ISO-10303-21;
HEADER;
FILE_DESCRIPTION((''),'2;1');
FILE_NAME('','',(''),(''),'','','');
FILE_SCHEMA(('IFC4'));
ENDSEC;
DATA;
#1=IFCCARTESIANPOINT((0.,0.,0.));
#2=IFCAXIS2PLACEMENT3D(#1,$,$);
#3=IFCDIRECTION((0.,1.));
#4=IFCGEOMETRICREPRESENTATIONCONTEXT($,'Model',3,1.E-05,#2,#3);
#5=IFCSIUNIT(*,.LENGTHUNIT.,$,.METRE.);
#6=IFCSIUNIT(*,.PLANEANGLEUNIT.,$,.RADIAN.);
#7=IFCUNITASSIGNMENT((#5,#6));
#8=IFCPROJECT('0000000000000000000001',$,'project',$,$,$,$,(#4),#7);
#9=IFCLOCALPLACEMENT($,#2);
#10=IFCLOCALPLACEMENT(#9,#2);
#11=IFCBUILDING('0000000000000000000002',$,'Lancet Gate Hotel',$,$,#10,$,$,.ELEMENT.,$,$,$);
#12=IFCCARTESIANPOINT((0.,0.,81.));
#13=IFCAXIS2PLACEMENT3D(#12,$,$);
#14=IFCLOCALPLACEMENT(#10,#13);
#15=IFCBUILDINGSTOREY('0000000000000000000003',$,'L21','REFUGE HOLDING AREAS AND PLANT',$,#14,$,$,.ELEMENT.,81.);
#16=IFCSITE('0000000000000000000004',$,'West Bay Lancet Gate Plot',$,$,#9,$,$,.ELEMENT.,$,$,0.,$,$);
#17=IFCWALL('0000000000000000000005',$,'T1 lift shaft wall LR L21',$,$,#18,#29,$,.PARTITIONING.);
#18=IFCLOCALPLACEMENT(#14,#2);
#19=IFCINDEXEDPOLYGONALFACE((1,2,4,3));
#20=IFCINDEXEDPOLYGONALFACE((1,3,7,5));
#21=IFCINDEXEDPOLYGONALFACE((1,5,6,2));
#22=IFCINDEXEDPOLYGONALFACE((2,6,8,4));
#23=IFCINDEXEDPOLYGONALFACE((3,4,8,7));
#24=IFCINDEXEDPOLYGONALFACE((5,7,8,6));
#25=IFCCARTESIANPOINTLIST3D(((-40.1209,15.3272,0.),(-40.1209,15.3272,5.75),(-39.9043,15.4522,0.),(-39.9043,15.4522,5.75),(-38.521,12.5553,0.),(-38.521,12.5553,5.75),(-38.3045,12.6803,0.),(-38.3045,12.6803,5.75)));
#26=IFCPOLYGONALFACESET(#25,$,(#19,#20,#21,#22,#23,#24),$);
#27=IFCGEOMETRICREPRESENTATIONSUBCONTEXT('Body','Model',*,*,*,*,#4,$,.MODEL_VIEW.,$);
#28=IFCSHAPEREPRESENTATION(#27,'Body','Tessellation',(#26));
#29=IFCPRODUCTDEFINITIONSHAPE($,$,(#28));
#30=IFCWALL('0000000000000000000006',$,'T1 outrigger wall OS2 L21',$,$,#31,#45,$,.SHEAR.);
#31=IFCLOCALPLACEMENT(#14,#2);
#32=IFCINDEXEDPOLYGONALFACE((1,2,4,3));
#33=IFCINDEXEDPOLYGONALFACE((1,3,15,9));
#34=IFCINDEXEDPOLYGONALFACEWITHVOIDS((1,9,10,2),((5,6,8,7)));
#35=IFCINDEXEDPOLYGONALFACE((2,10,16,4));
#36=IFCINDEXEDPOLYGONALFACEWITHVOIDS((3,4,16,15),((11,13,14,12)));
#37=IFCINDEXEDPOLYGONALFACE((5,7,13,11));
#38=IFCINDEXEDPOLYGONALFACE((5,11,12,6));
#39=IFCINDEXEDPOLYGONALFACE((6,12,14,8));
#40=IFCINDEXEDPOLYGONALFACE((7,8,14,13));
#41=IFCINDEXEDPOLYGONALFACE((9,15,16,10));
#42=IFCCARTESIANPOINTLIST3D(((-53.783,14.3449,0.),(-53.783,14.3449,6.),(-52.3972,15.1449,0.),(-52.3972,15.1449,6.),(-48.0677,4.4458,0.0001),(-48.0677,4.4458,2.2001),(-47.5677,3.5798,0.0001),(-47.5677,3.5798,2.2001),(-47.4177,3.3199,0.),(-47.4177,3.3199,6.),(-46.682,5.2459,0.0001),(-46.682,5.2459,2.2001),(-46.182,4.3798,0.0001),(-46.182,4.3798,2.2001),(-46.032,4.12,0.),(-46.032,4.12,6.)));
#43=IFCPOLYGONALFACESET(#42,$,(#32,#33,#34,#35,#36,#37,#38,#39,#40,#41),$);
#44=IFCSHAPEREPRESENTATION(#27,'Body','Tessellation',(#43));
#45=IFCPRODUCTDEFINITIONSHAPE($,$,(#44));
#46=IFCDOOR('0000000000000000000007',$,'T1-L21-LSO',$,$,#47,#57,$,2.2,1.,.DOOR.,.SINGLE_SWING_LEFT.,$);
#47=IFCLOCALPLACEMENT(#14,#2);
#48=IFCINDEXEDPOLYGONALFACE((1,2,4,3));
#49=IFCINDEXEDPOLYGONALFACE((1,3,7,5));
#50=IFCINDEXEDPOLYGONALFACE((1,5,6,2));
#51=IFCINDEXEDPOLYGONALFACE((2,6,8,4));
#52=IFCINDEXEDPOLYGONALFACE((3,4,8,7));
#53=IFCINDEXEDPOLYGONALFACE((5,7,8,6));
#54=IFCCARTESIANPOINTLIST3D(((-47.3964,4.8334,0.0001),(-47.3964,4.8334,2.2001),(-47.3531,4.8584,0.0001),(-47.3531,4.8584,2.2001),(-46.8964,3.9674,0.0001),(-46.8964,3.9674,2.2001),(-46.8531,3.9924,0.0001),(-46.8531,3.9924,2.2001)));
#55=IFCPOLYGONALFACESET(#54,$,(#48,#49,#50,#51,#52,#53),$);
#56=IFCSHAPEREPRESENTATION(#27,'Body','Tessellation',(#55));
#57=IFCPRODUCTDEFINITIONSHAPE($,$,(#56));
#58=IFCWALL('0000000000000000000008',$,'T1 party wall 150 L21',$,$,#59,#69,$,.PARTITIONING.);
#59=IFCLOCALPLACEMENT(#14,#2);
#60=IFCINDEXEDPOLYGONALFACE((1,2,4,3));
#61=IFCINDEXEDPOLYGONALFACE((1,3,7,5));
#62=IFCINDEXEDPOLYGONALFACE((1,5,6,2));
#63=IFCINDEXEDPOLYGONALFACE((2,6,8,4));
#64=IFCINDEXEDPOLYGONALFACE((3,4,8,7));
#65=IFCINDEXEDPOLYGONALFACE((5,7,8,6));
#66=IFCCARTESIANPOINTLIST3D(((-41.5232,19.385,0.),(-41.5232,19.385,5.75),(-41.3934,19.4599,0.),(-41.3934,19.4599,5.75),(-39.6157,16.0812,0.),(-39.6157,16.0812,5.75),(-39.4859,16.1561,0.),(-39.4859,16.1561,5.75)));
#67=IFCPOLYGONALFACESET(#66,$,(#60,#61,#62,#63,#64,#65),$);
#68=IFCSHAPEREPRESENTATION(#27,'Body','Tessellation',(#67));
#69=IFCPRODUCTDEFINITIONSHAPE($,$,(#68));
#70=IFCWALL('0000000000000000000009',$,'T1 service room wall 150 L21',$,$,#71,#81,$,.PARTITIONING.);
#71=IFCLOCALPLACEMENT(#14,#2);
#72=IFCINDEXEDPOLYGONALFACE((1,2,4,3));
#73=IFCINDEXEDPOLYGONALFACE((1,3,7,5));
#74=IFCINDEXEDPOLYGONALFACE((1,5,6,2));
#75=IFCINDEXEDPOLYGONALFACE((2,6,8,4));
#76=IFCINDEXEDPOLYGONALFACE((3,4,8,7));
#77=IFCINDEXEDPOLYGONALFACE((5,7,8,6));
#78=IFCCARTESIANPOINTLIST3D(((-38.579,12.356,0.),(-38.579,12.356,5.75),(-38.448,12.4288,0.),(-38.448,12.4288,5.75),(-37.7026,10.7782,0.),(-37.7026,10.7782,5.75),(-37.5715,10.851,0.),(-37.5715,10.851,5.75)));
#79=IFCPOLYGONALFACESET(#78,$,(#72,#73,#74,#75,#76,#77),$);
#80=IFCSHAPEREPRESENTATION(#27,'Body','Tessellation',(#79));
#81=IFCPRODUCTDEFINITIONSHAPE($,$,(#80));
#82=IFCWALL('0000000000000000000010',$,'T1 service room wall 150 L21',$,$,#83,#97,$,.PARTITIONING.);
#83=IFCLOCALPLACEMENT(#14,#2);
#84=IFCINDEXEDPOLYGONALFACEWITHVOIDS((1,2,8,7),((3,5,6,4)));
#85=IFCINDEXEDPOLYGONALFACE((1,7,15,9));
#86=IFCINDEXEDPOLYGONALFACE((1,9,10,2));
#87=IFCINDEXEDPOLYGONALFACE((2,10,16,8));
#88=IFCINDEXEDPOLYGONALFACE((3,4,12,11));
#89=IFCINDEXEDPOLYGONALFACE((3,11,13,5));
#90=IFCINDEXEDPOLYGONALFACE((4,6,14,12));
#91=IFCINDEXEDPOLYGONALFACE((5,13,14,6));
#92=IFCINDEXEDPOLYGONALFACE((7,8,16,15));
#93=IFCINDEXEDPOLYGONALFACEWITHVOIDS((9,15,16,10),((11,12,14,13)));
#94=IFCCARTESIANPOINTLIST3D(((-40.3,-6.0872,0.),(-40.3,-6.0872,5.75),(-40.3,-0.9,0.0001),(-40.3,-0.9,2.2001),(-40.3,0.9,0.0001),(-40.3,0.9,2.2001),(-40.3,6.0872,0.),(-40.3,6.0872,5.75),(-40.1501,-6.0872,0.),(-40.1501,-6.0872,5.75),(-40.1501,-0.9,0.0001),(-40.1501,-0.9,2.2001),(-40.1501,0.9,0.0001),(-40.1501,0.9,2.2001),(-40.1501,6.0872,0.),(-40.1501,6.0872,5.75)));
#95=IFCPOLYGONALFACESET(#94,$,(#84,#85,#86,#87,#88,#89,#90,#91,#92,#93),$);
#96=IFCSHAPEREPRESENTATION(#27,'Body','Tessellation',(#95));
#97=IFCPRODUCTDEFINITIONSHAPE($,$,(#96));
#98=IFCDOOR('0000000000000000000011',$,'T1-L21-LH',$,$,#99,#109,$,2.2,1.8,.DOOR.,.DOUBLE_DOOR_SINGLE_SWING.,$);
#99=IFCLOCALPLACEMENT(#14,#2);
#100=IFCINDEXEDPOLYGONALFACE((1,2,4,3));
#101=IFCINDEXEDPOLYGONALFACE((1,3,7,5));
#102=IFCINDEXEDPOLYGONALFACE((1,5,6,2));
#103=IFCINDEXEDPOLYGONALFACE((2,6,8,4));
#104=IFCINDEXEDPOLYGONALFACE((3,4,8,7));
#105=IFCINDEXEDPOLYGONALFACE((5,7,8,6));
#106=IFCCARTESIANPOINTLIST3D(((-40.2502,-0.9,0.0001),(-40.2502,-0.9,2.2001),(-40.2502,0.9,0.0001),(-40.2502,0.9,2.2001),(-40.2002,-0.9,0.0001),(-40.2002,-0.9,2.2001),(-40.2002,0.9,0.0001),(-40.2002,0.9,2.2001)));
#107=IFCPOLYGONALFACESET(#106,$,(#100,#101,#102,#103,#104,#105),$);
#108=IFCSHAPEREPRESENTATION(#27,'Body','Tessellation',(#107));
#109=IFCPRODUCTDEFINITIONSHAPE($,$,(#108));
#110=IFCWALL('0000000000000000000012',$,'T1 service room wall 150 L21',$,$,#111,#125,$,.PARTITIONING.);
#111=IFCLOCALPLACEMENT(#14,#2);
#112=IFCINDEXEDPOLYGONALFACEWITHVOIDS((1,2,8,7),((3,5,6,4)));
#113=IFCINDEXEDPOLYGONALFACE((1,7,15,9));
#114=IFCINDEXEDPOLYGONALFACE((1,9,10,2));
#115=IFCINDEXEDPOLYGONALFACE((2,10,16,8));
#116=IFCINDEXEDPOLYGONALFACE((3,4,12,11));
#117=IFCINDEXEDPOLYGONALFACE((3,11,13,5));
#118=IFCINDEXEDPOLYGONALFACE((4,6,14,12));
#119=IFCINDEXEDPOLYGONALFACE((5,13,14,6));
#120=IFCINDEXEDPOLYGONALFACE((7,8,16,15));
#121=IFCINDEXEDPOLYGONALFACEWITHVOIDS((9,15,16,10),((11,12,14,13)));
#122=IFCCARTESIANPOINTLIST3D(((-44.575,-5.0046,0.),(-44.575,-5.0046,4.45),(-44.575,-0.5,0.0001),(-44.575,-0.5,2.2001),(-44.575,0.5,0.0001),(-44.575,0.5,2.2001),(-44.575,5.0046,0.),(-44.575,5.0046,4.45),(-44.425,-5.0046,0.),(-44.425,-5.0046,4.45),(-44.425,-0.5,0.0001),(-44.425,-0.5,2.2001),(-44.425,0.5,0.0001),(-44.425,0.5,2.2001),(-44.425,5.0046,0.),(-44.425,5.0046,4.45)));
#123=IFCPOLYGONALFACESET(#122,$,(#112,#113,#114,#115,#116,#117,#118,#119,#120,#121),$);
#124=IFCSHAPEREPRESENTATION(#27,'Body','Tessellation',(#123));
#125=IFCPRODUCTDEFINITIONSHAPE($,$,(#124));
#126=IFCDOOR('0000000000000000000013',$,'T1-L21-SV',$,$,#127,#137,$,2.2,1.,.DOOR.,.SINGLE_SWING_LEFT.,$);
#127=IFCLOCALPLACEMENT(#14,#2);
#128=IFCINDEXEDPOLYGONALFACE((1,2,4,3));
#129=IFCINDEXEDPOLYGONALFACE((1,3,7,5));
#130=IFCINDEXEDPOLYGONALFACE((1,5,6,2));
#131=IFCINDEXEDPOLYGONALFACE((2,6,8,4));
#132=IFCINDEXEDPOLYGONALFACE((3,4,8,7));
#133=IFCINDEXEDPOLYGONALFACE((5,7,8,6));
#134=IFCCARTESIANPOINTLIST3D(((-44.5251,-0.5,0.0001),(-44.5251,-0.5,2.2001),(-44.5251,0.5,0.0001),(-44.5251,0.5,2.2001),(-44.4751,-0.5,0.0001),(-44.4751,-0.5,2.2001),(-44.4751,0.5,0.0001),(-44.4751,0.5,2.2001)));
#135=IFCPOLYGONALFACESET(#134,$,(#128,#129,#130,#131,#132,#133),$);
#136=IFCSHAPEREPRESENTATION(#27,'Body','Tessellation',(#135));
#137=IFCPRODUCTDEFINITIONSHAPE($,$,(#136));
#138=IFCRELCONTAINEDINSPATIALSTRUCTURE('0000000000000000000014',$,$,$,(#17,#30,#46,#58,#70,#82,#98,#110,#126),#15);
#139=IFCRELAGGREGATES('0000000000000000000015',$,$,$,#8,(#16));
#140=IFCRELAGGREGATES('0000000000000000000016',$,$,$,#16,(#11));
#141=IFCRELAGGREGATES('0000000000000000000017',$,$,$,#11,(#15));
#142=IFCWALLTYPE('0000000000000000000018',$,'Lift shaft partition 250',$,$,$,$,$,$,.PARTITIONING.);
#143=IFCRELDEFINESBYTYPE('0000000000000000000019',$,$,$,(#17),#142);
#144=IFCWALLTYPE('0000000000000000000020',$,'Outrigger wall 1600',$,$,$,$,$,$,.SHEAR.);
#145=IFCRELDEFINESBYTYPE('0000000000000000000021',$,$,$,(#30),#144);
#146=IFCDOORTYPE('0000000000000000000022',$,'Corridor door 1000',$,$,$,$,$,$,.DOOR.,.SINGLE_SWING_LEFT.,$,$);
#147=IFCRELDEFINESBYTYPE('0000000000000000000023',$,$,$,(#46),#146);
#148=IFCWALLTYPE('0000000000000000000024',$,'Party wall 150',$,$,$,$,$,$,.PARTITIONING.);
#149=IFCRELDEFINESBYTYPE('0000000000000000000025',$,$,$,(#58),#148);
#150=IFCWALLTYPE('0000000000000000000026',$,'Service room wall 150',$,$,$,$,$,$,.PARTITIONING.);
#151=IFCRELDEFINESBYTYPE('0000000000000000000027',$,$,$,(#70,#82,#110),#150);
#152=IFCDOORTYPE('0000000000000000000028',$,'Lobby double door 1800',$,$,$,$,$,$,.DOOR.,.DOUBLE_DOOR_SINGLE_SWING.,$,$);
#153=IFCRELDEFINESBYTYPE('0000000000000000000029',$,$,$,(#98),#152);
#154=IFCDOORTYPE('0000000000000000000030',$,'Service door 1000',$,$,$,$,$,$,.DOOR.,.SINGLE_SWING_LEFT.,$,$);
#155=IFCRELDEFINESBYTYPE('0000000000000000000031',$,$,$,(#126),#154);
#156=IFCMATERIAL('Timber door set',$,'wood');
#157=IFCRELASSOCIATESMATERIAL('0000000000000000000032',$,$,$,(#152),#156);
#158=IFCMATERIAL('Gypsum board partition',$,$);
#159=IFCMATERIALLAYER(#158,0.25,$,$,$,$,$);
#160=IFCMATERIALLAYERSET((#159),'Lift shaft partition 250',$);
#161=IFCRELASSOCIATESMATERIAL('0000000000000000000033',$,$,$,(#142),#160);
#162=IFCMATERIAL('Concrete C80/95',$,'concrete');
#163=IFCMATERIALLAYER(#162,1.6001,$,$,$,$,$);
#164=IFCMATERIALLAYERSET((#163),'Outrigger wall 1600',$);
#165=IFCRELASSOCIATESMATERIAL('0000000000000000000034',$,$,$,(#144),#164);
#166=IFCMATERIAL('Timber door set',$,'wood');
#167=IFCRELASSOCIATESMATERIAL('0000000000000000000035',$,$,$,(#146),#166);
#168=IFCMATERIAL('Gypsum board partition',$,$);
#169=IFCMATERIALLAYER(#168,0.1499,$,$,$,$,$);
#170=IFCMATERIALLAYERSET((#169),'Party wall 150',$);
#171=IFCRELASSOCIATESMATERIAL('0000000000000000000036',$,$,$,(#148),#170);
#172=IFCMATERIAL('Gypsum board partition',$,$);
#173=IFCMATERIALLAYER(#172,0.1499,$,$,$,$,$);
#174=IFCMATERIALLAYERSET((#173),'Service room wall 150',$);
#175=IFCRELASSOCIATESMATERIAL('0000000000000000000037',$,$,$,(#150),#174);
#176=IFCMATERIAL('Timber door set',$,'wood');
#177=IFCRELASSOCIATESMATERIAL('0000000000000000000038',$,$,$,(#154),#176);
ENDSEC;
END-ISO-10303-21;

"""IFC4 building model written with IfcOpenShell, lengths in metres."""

from ifc_helpers import new_model, si_unit, direction, frame, frame_2d, origin, place, context, subcontext, project, spatial, rectangle, extrude, material, layer, layer_set, type_object, element, fill, save


model = new_model("IFC4")

# Units and contexts
model_context = context("Model", 3, precision=1e-05, world=origin(), true_north=direction((0.0, 1.0)))
body_context = subcontext(model_context, "Body", "Model", "MODEL_VIEW")
ifc_project = project(units=[si_unit("LENGTHUNIT", "METRE"), si_unit("PLANEANGLEUNIT", "RADIAN")], contexts=[model_context])

# Site, building, storey
site_placement = place(None, origin())
site = spatial("IfcSite", under=ifc_project, at=site_placement, Name="West Bay Lancet Gate Plot", CompositionType="ELEMENT", RefElevation=0.0)
building_placement = place(site_placement, origin())
building = spatial("IfcBuilding", under=site, at=building_placement, Name="Lancet Gate Hotel", CompositionType="ELEMENT")
storey_placement = place(building_placement, frame((0.0, 0.0, 81.0)))
storey = spatial("IfcBuildingStorey", under=building, at=storey_placement, Name="L21", Description="REFUGE HOLDING AREAS AND PLANT", CompositionType="ELEMENT", Elevation=81.0)

# Shared definitions
ifc_material_1 = material(Name="Timber door set", Category="wood")
door_type_1 = type_object("IfcDoorType", Name="Lobby double door 1800", OperationType="DOUBLE_DOOR_SINGLE_SWING", PredefinedType="DOOR", material=ifc_material_1)

# Wall
ifc_material_2 = material(Name="Gypsum board partition")
ifc_layer_1 = layer(ifc_material_2, 0.25)
ifc_layer_set_1 = layer_set([ifc_layer_1], Name="Lift shaft partition 250")
wall_type_1 = type_object("IfcWallType", Name="Lift shaft partition 250", PredefinedType="PARTITIONING", material=ifc_layer_set_1)
wall_1_placement = place(storey_placement, frame((-38.4128, 12.6179, 0.0), z_axis=(0.0, 0.0, 1.0), x_axis=(-0.499872, 0.866099, 0.0)))
element("IfcWall", 1, at=wall_1_placement, inside=storey, type_object=wall_type_1, Name="T1 lift shaft wall LR L21", PredefinedType="PARTITIONING", context=body_context, shape_type="SweptSolid", body=[
    extrude(rectangle(XDim=3.2004, YDim=0.25, at=frame_2d((1.6001, 0.0))), origin(), (0.0, 0.0, 1.0), 5.75),
])

# Wall, opening, door
ifc_material_3 = material(Name="Concrete C80/95", Category="concrete")
ifc_layer_2 = layer(ifc_material_3, 1.6001)
ifc_layer_set_2 = layer_set([ifc_layer_2], Name="Outrigger wall 1600")
wall_type_2 = type_object("IfcWallType", Name="Outrigger wall 1600", PredefinedType="SHEAR", material=ifc_layer_set_2)
wall_2_placement = place(storey_placement, frame((-46.7249, 3.72, 0.0), z_axis=(0.0, 0.0, 1.0), x_axis=(-0.5, 0.866025, 0.0)))
wall_2 = element("IfcWall", 2, at=wall_2_placement, inside=storey, type_object=wall_type_2, Name="T1 outrigger wall OS2 L21", PredefinedType="SHEAR", context=body_context, shape_type="SweptSolid", body=[
    extrude(rectangle(XDim=12.7305, YDim=1.6001, at=frame_2d((6.3652, 0.0))), origin(), (0.0, 0.0, 1.0), 6.0),
])
opening_1_placement = place(wall_2_placement, frame((0.3, 0.0, 0.0)))
opening_1 = element("IfcOpeningElement", 3, at=opening_1_placement, cuts=wall_2, PredefinedType="OPENING", context=body_context, shape_type="SweptSolid", body=[
    extrude(rectangle(XDim=1.0, YDim=2.2, at=frame_2d((0.5, 1.1001))), frame((0.0, 0.8101, 0.0), z_axis=(0.0, -1.0, 0.0), x_axis=(1.0, 0.0, 0.0)), (0.0, 0.0, 1.0), 1.6201),
])
ifc_material_4 = material(Name="Timber door set", Category="wood")
door_type_2 = type_object("IfcDoorType", Name="Corridor door 1000", OperationType="SINGLE_SWING_LEFT", PredefinedType="DOOR", material=ifc_material_4)
door_1_placement = place(opening_1_placement, origin())
door_1 = element("IfcDoor", 4, at=door_1_placement, inside=storey, type_object=door_type_2, Name="T1-L21-LSO", OperationType="SINGLE_SWING_LEFT", OverallHeight=2.2, OverallWidth=1.0, PredefinedType="DOOR", context=body_context, shape_type="SweptSolid", body=[
    extrude(rectangle(XDim=1.0, YDim=2.2, at=frame_2d((0.5, 1.1001))), frame((0.0, 0.0249, 0.0), z_axis=(0.0, -1.0, 0.0), x_axis=(1.0, 0.0, 0.0)), (0.0, 0.0, 1.0), 0.05),
])
fill(opening_1, door_1)

# Walls
ifc_material_5 = material(Name="Gypsum board partition")
ifc_layer_3 = layer(ifc_material_5, 0.1499)
ifc_layer_set_3 = layer_set([ifc_layer_3], Name="Party wall 150")
wall_type_3 = type_object("IfcWallType", Name="Party wall 150", PredefinedType="PARTITIONING", material=ifc_layer_set_3)
wall_3_placement = place(storey_placement, frame((-39.5508, 16.1187, 0.0), z_axis=(0.0, 0.0, 1.0), x_axis=(-0.500014, 0.866017, 0.0)))
element("IfcWall", 5, at=wall_3_placement, inside=storey, type_object=wall_type_3, Name="T1 party wall 150 L21", PredefinedType="PARTITIONING", context=body_context, shape_type="SweptSolid", body=[
    extrude(rectangle(XDim=3.8149, YDim=0.1499, at=frame_2d((1.9075, 0.0))), origin(), (0.0, 0.0, 1.0), 5.75),
])
ifc_material_6 = material(Name="Gypsum board partition")
ifc_layer_4 = layer(ifc_material_6, 0.1499)
ifc_layer_set_4 = layer_set([ifc_layer_4], Name="Service room wall 150")
wall_type_4 = type_object("IfcWallType", Name="Service room wall 150", PredefinedType="PARTITIONING", material=ifc_layer_set_4)
wall_4_placement = place(storey_placement, frame((-38.5134, 12.3923, 0.0), z_axis=(0.0, 0.0, 1.0), x_axis=(0.485586, -0.874189, 0.0)))
element("IfcWall", 6, at=wall_4_placement, inside=storey, type_object=wall_type_4, Name="T1 service room wall 150 L21", PredefinedType="PARTITIONING", context=body_context, shape_type="SweptSolid", body=[
    extrude(rectangle(XDim=1.8049, YDim=0.1499, at=frame_2d((0.9023, 0.0))), origin(), (0.0, 0.0, 1.0), 5.75),
])

# Walls, openings, doors
wall_5_placement = place(storey_placement, frame((-40.2251, 6.0872, 0.0), z_axis=(0.0, 0.0, 1.0), x_axis=(0.0, -1.0, 0.0)))
wall_5 = element("IfcWall", 7, at=wall_5_placement, inside=storey, type_object=wall_type_4, Name="T1 service room wall 150 L21", PredefinedType="PARTITIONING", context=body_context, shape_type="SweptSolid", body=[
    extrude(rectangle(XDim=12.1743, YDim=0.1499, at=frame_2d((6.0872, 0.0))), origin(), (0.0, 0.0, 1.0), 5.75),
])
opening_2_placement = place(wall_5_placement, frame((5.1873, 0.0, 0.0)))
opening_2 = element("IfcOpeningElement", 8, at=opening_2_placement, cuts=wall_5, PredefinedType="OPENING", context=body_context, shape_type="SweptSolid", body=[
    extrude(rectangle(XDim=1.8, YDim=2.2, at=frame_2d((0.8999, 1.1001))), frame((0.0, 0.085, 0.0), z_axis=(0.0, -1.0, 0.0), x_axis=(1.0, 0.0, 0.0)), (0.0, 0.0, 1.0), 0.1699),
])
door_2_placement = place(opening_2_placement, origin())
door_2 = element("IfcDoor", 9, at=door_2_placement, inside=storey, type_object=door_type_1, Name="T1-L21-LH", OperationType="DOUBLE_DOOR_SINGLE_SWING", OverallHeight=2.2, OverallWidth=1.8, PredefinedType="DOOR", context=body_context, shape_type="SweptSolid", body=[
    extrude(rectangle(XDim=1.8, YDim=2.2, at=frame_2d((0.8999, 1.1001))), frame((0.0, 0.0249, 0.0), z_axis=(0.0, -1.0, 0.0), x_axis=(1.0, 0.0, 0.0)), (0.0, 0.0, 1.0), 0.05),
])
fill(opening_2, door_2)
wall_6_placement = place(storey_placement, frame((-44.5, 5.0046, 0.0), z_axis=(0.0, 0.0, 1.0), x_axis=(0.0, -1.0, 0.0)))
wall_6 = element("IfcWall", 10, at=wall_6_placement, inside=storey, type_object=wall_type_4, Name="T1 service room wall 150 L21", PredefinedType="PARTITIONING", context=body_context, shape_type="SweptSolid", body=[
    extrude(rectangle(XDim=10.0093, YDim=0.1499, at=frame_2d((5.0046, 0.0))), origin(), (0.0, 0.0, 1.0), 4.45),
])
opening_3_placement = place(wall_6_placement, frame((4.5046, 0.0, 0.0)))
opening_3 = element("IfcOpeningElement", 11, at=opening_3_placement, cuts=wall_6, PredefinedType="OPENING", context=body_context, shape_type="SweptSolid", body=[
    extrude(rectangle(XDim=1.0, YDim=2.2, at=frame_2d((0.5, 1.1001))), frame((0.0, 0.085, 0.0), z_axis=(0.0, -1.0, 0.0), x_axis=(1.0, 0.0, 0.0)), (0.0, 0.0, 1.0), 0.1699),
])
ifc_material_7 = material(Name="Timber door set", Category="wood")
door_type_3 = type_object("IfcDoorType", Name="Service door 1000", OperationType="SINGLE_SWING_LEFT", PredefinedType="DOOR", material=ifc_material_7)
door_3_placement = place(opening_3_placement, origin())
door_3 = element("IfcDoor", 12, at=door_3_placement, inside=storey, type_object=door_type_3, Name="T1-L21-SV", OperationType="SINGLE_SWING_LEFT", OverallHeight=2.2, OverallWidth=1.0, PredefinedType="DOOR", context=body_context, shape_type="SweptSolid", body=[
    extrude(rectangle(XDim=1.0, YDim=2.2, at=frame_2d((0.5, 1.1001))), frame((0.0, 0.0249, 0.0), z_axis=(0.0, -1.0, 0.0), x_axis=(1.0, 0.0, 0.0)), (0.0, 0.0, 1.0), 0.05),
])
fill(opening_3, door_3)

save(model, "model.ifc")
